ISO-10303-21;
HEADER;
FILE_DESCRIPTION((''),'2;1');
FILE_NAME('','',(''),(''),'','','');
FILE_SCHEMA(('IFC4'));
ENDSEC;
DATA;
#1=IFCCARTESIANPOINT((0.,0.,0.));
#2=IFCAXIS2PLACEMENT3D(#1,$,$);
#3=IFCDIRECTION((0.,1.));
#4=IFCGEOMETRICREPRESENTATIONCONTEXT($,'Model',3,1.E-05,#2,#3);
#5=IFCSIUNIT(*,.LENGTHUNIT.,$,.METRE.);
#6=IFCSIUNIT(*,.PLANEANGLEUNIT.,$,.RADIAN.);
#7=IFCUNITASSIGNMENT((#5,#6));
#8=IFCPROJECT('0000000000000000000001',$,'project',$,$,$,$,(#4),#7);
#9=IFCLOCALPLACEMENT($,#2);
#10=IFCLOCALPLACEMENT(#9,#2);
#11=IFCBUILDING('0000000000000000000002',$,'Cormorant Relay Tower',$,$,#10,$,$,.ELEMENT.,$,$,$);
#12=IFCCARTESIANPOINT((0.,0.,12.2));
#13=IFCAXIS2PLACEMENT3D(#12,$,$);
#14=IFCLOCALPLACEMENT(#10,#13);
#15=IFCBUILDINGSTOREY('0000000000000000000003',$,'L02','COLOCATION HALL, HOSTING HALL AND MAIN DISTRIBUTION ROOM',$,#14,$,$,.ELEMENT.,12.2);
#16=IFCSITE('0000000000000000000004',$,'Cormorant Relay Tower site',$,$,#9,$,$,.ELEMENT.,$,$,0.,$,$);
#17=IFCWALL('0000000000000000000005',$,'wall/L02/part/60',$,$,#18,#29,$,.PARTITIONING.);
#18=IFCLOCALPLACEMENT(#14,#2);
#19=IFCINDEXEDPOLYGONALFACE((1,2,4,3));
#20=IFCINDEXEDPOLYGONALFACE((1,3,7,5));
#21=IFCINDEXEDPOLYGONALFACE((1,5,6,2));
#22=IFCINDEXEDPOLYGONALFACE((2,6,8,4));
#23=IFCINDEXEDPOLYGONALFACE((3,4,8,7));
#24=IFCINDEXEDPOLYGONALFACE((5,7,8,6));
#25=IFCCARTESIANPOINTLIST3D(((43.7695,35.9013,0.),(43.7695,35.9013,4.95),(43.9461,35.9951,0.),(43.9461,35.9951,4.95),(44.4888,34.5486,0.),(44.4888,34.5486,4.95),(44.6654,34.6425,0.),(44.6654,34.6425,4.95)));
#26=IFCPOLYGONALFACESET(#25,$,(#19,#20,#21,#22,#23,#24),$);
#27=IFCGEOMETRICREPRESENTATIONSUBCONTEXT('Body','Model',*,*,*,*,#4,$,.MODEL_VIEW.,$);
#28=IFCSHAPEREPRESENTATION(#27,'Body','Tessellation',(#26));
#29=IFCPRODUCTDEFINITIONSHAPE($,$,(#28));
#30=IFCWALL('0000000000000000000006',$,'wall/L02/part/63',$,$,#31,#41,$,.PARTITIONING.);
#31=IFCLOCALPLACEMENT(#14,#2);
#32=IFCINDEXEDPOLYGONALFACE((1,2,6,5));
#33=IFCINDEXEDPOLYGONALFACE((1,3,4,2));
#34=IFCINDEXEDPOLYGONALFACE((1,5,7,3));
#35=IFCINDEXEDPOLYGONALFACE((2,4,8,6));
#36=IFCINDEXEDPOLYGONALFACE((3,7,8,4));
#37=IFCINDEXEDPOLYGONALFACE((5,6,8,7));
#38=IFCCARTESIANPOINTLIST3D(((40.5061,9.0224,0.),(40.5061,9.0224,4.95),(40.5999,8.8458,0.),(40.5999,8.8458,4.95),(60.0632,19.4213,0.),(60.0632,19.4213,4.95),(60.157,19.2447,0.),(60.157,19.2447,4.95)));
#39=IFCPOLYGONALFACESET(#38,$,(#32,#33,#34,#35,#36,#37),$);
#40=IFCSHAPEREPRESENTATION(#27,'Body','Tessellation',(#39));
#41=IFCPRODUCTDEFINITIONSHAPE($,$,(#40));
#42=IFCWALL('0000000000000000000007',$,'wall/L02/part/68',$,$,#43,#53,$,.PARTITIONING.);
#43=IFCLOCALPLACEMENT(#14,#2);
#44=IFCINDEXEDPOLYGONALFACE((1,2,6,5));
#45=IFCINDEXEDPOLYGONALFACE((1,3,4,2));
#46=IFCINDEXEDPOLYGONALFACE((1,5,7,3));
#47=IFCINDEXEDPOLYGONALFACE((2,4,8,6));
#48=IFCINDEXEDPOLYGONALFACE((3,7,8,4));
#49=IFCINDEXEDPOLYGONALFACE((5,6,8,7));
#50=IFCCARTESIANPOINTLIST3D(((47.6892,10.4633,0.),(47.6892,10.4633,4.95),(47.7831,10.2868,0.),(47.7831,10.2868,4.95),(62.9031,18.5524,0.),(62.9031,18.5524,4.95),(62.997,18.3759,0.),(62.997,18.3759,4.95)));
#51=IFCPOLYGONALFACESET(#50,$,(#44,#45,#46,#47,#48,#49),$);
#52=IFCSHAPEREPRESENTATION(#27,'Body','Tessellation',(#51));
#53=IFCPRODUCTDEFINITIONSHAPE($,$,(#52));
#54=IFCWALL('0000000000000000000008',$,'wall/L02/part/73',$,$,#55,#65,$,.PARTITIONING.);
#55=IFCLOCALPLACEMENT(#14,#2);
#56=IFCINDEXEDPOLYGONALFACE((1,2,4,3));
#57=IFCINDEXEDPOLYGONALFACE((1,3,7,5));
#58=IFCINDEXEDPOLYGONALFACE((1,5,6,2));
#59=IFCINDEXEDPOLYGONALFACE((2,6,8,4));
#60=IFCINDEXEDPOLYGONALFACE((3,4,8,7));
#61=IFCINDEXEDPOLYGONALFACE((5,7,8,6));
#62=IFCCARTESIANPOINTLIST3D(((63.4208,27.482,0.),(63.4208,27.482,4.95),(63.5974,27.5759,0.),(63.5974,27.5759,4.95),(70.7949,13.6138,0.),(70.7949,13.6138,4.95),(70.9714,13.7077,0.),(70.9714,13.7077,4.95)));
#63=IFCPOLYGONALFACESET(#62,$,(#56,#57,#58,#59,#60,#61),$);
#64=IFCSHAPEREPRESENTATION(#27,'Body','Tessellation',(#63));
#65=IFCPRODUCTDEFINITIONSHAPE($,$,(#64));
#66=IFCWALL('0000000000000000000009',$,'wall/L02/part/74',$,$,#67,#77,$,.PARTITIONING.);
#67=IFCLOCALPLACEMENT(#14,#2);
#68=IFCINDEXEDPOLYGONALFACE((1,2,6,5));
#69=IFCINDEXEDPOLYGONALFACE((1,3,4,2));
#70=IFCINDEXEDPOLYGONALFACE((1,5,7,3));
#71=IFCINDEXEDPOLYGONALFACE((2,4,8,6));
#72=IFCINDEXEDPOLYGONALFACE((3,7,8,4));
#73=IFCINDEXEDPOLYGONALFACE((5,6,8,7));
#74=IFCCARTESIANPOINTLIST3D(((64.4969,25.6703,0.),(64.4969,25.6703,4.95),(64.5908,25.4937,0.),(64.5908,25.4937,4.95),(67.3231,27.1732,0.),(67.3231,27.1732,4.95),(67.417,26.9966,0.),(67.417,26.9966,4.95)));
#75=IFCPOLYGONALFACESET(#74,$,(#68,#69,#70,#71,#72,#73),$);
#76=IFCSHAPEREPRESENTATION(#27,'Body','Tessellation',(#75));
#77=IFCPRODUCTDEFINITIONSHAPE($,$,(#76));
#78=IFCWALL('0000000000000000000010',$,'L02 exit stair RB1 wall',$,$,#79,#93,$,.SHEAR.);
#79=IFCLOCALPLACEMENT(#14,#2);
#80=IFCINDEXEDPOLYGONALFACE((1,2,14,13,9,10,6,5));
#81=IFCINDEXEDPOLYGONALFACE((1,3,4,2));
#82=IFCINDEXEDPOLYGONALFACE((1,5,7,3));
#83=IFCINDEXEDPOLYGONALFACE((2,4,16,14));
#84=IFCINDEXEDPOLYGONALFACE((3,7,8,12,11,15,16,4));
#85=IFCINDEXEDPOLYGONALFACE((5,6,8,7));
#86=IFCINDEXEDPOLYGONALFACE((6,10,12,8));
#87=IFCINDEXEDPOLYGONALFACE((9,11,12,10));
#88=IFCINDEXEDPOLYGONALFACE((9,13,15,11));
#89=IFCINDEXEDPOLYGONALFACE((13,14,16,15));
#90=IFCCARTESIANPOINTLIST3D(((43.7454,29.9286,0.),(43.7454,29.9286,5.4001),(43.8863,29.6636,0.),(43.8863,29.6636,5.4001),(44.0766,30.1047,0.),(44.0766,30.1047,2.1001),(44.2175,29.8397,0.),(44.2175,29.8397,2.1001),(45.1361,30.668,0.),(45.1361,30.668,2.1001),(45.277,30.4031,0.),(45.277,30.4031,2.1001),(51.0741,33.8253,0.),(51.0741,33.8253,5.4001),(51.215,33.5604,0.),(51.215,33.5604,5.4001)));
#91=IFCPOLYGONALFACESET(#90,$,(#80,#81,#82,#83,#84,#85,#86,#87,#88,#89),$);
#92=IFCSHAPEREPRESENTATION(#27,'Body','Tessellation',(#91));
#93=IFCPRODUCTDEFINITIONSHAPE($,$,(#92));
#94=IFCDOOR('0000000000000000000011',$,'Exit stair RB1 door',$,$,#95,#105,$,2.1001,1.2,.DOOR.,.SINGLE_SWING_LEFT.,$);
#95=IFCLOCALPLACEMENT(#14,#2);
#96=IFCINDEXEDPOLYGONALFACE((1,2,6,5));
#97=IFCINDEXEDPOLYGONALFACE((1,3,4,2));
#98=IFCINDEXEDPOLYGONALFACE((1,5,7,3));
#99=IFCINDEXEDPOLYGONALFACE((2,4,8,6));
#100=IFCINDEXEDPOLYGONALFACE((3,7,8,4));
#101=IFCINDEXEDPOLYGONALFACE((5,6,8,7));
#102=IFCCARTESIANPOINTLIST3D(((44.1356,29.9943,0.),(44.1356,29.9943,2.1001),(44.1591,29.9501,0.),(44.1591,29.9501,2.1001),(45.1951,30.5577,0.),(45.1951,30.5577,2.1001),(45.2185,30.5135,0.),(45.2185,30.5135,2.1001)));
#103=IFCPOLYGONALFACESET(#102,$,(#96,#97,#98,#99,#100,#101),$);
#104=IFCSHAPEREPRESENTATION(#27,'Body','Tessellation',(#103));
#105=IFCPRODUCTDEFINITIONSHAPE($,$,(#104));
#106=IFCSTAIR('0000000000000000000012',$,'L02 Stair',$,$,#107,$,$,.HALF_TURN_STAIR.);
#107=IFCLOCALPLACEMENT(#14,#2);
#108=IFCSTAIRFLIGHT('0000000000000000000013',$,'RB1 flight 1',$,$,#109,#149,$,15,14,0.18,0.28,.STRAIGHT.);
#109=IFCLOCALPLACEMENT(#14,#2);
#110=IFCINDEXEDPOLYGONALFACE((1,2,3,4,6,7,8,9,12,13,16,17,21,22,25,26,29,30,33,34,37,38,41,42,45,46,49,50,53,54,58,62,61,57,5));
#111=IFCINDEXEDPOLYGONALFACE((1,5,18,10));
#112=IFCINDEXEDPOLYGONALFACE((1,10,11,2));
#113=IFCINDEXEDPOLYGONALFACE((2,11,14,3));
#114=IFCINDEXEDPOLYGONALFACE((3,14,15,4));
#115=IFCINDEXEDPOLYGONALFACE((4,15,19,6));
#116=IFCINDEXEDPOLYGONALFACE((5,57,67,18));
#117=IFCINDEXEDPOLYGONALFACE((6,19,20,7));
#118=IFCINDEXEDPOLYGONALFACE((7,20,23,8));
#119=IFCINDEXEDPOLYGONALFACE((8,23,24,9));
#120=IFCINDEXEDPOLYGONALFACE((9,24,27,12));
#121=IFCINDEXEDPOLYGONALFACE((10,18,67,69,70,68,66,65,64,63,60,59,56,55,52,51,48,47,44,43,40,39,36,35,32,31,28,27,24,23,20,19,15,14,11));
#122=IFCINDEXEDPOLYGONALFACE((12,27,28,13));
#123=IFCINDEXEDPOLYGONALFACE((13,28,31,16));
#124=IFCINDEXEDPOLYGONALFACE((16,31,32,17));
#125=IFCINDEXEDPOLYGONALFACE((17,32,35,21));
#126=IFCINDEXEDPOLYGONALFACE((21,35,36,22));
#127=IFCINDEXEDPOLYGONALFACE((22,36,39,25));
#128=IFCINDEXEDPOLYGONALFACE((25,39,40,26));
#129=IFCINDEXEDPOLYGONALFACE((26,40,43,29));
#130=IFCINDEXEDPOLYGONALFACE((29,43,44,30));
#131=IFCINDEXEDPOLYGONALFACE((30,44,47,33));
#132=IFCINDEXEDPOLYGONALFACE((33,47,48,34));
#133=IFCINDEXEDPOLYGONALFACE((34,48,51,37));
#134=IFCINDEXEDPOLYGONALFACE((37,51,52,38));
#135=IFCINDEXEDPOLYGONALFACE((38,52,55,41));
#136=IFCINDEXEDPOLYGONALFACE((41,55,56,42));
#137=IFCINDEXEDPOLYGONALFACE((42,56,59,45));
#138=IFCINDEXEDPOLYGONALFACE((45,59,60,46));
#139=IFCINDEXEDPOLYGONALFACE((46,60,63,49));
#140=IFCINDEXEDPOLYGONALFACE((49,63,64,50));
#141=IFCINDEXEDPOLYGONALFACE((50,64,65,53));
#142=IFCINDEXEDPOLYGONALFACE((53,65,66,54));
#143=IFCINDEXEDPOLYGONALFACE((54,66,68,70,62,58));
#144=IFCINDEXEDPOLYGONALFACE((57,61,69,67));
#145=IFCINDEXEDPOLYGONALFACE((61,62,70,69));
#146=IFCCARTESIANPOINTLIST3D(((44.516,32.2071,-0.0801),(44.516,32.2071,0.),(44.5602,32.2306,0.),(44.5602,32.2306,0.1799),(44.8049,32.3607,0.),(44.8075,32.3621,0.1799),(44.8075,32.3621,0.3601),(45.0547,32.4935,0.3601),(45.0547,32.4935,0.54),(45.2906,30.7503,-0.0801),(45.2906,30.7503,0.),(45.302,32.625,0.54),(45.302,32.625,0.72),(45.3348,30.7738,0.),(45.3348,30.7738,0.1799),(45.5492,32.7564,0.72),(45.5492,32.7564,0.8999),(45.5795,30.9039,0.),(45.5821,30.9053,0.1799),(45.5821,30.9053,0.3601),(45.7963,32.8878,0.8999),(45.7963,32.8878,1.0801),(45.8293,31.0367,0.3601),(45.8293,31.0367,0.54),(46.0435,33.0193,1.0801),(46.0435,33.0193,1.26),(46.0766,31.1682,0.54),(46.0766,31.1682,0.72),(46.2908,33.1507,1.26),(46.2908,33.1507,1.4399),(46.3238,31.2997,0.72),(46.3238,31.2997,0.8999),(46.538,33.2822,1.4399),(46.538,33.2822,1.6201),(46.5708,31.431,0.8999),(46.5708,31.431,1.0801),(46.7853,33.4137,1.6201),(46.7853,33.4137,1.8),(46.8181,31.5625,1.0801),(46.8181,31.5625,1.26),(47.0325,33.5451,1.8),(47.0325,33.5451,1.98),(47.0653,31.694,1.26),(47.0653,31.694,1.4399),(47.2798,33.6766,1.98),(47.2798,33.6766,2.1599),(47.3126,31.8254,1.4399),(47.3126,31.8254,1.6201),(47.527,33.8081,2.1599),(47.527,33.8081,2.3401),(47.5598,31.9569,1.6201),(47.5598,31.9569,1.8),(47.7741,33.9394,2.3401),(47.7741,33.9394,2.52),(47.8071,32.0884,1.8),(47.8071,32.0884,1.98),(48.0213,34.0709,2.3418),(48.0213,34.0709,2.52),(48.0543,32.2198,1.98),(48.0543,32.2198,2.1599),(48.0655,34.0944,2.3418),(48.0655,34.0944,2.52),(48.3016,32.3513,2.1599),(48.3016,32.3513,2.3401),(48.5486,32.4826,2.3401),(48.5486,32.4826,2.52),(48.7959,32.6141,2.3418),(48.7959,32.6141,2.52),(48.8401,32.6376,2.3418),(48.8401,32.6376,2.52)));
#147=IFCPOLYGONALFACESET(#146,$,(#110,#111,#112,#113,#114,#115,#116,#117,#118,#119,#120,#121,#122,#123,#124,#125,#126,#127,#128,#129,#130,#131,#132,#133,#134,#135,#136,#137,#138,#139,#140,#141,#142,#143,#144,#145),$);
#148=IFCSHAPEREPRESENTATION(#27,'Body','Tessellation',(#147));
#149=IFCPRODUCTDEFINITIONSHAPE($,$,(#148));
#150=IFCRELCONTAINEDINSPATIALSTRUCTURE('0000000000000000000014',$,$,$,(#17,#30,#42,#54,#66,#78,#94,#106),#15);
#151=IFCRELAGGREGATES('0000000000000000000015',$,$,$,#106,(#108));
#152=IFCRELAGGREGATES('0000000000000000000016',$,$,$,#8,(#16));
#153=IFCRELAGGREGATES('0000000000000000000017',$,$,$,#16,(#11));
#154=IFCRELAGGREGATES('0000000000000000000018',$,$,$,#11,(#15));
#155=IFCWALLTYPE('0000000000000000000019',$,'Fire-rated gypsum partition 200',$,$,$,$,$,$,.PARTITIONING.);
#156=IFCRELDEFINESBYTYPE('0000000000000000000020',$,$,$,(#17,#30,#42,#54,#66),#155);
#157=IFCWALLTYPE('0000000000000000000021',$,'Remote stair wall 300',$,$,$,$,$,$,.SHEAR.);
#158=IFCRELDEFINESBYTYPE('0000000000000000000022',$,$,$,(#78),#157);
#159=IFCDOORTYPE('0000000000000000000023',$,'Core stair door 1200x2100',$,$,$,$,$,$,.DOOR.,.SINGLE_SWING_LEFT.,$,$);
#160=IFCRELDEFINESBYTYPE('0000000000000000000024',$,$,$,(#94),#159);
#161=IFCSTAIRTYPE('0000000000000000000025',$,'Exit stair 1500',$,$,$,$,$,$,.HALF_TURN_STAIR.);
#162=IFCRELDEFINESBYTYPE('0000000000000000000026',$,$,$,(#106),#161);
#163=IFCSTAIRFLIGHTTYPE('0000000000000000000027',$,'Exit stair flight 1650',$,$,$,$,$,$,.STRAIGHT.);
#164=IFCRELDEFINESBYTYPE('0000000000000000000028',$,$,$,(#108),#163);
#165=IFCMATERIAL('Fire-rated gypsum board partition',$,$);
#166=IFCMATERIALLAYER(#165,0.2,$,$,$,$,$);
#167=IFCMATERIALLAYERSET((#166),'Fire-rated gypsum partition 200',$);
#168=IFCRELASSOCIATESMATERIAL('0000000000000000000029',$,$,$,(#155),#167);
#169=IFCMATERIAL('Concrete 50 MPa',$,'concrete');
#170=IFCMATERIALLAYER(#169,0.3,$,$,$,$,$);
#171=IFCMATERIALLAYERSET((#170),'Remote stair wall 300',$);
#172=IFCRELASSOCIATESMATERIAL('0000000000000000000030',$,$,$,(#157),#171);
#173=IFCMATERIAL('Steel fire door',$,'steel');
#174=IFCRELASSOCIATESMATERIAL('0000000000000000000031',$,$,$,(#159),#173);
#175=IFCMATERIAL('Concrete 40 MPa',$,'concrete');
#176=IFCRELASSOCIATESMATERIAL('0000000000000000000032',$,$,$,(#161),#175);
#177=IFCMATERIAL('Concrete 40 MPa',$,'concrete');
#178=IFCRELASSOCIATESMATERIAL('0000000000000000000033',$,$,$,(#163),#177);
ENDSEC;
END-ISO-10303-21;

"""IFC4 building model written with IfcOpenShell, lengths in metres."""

from ifc_helpers import new_model, si_unit, direction, frame, frame_2d, origin, place, context, subcontext, project, spatial, polyline, rectangle, outline, extrude, material, layer, layer_set, type_object, element, fill, aggregate, save


model = new_model("IFC4")

# Units and contexts
model_context = context("Model", 3, precision=1e-05, world=origin(), true_north=direction((0.0, 1.0)))
body_context = subcontext(model_context, "Body", "Model", "MODEL_VIEW")
ifc_project = project(units=[si_unit("LENGTHUNIT", "METRE"), si_unit("PLANEANGLEUNIT", "RADIAN")], contexts=[model_context])

# Site, building, storey
site_placement = place(None, origin())
site = spatial("IfcSite", under=ifc_project, at=site_placement, Name="Cormorant Relay Tower site", CompositionType="ELEMENT", RefElevation=0.0)
building_placement = place(site_placement, origin())
building = spatial("IfcBuilding", under=site, at=building_placement, Name="Cormorant Relay Tower", CompositionType="ELEMENT")
storey_placement = place(building_placement, frame((0.0, 0.0, 12.2)))
storey = spatial("IfcBuildingStorey", under=building, at=storey_placement, Name="L02", Description="COLOCATION HALL, HOSTING HALL AND MAIN DISTRIBUTION ROOM", CompositionType="ELEMENT", Elevation=12.2)

# Walls
ifc_material_1 = material(Name="Fire-rated gypsum board partition")
ifc_layer_1 = layer(ifc_material_1, 0.2)
ifc_layer_set_1 = layer_set([ifc_layer_1], Name="Fire-rated gypsum partition 200")
wall_type_1 = type_object("IfcWallType", Name="Fire-rated gypsum partition 200", PredefinedType="PARTITIONING", material=ifc_layer_set_1)
wall_1_placement = place(storey_placement, frame((44.5771, 34.5955, 0.0), z_axis=(0.0, 0.0, 1.0), x_axis=(-0.469513, 0.882926, 0.0)))
element("IfcWall", 1, at=wall_1_placement, inside=storey, type_object=wall_type_1, Name="wall/L02/part/60", PredefinedType="PARTITIONING", context=body_context, shape_type="SweptSolid", body=[
    extrude(rectangle(XDim=1.532, YDim=0.2, at=frame_2d((0.7661, 0.0))), origin(), (0.0, 0.0, 1.0), 4.95),
])
wall_2_placement = place(storey_placement, frame((60.1101, 19.333, 0.0), z_axis=(0.0, 0.0, 1.0), x_axis=(-0.882944, -0.469479, 0.0)))
element("IfcWall", 2, at=wall_2_placement, inside=storey, type_object=wall_type_1, Name="wall/L02/part/63", PredefinedType="PARTITIONING", context=body_context, shape_type="SweptSolid", body=[
    extrude(rectangle(XDim=22.1499, YDim=0.2, at=frame_2d((11.075, 0.0))), origin(), (0.0, 0.0, 1.0), 4.95),
])
wall_3_placement = place(storey_placement, frame((62.95, 18.4641, 0.0), z_axis=(0.0, 0.0, 1.0), x_axis=(-0.882953, -0.46946, 0.0)))
element("IfcWall", 3, at=wall_3_placement, inside=storey, type_object=wall_type_1, Name="wall/L02/part/68", PredefinedType="PARTITIONING", context=body_context, shape_type="SweptSolid", body=[
    extrude(rectangle(XDim=17.2307, YDim=0.2, at=frame_2d((8.6152, 0.0))), origin(), (0.0, 0.0, 1.0), 4.95),
])
wall_4_placement = place(storey_placement, frame((63.509, 27.5291, 0.0), z_axis=(0.0, 0.0, 1.0), x_axis=(0.469481, -0.882943, 0.0)))
element("IfcWall", 4, at=wall_4_placement, inside=storey, type_object=wall_type_1, Name="wall/L02/part/73", PredefinedType="PARTITIONING", context=body_context, shape_type="SweptSolid", body=[
    extrude(rectangle(XDim=15.7068, YDim=0.2, at=frame_2d((7.8535, 0.0))), origin(), (0.0, 0.0, 1.0), 4.95),
])
wall_5_placement = place(storey_placement, frame((67.3701, 27.085, 0.0), z_axis=(0.0, 0.0, 1.0), x_axis=(-0.882918, -0.469527, 0.0)))
element("IfcWall", 5, at=wall_5_placement, inside=storey, type_object=wall_type_1, Name="wall/L02/part/74", PredefinedType="PARTITIONING", context=body_context, shape_type="SweptSolid", body=[
    extrude(rectangle(XDim=3.2009, YDim=0.2, at=frame_2d((1.6006, 0.0))), origin(), (0.0, 0.0, 1.0), 4.95),
])

# Wall, opening, door
ifc_material_2 = material(Name="Concrete 50 MPa", Category="concrete")
ifc_layer_2 = layer(ifc_material_2, 0.3)
ifc_layer_set_2 = layer_set([ifc_layer_2], Name="Remote stair wall 300")
wall_type_2 = type_object("IfcWallType", Name="Remote stair wall 300", PredefinedType="SHEAR", material=ifc_layer_set_2)
wall_6_placement = place(storey_placement, frame((51.1445, 33.6929, 0.0), z_axis=(0.0, 0.0, 1.0), x_axis=(-0.882946, -0.469475, 0.0)))
wall_6 = element("IfcWall", 6, at=wall_6_placement, inside=storey, type_object=wall_type_2, Name="L02 exit stair RB1 wall", PredefinedType="SHEAR", context=body_context, shape_type="SweptSolid", body=[
    extrude(rectangle(XDim=8.3003, YDim=0.3, at=frame_2d((4.1501, 0.0))), origin(), (0.0, 0.0, 1.0), 5.4001),
])
opening_placement = place(wall_6_placement, frame((6.7251, 0.0, 0.0)))
opening = element("IfcOpeningElement", 7, at=opening_placement, cuts=wall_6, PredefinedType="OPENING", context=body_context, shape_type="SweptSolid", body=[
    extrude(rectangle(XDim=1.2, YDim=2.1001, at=frame_2d((0.6001, 1.05))), frame((0.0, 0.1599, 0.0), z_axis=(0.0, -1.0, 0.0), x_axis=(1.0, 0.0, 0.0)), (0.0, 0.0, 1.0), 0.3201),
])
ifc_material_3 = material(Name="Steel fire door", Category="steel")
door_type = type_object("IfcDoorType", Name="Core stair door 1200x2100", OperationType="SINGLE_SWING_LEFT", PredefinedType="DOOR", material=ifc_material_3)
door_placement = place(opening_placement, frame((1.2, 0.0, 0.0), z_axis=(0.0, 0.0, 1.0), x_axis=(-1.0, 0.0, 0.0)))
door = element("IfcDoor", 8, at=door_placement, inside=storey, type_object=door_type, Name="Exit stair RB1 door", OperationType="SINGLE_SWING_LEFT", OverallHeight=2.1001, OverallWidth=1.2, PredefinedType="DOOR", context=body_context, shape_type="SweptSolid", body=[
    extrude(rectangle(XDim=1.2, YDim=2.1001, at=frame_2d((0.6001, 1.05))), frame((0.0, 0.0249, 0.0), z_axis=(0.0, -1.0, 0.0), x_axis=(1.0, 0.0, 0.0)), (0.0, 0.0, 1.0), 0.05),
])
fill(opening, door)

# Stair, stair flight
ifc_material_4 = material(Name="Concrete 40 MPa", Category="concrete")
stair_type = type_object("IfcStairType", Name="Exit stair 1500", PredefinedType="HALF_TURN_STAIR", material=ifc_material_4)
stair_placement = place(storey_placement, origin())
stair = element("IfcStair", 9, at=stair_placement, inside=storey, type_object=stair_type, Name="L02 Stair", PredefinedType="HALF_TURN_STAIR")
ifc_material_5 = material(Name="Concrete 40 MPa", Category="concrete")
stair_flight_type = type_object("IfcStairFlightType", Name="Exit stair flight 1650", PredefinedType="STRAIGHT", material=ifc_material_5)
stair_flight_1_placement = place(storey_placement, frame((44.9475, 31.5022, 0.0), z_axis=(0.0, 0.0, 1.0), x_axis=(0.882948, 0.469472, 0.0)))
stair_flight_1 = element("IfcStairFlight", 10, at=stair_flight_1_placement, type_object=stair_flight_type, Name="RB1 flight 1", NumberOfRisers=15, NumberOfTreads=14, PredefinedType="STRAIGHT", RiserHeight=0.18, TreadLength=0.28, context=body_context, shape_type="SweptSolid", body=[
    extrude(outline(polyline([(-0.05, -0.0801), (-0.05, 0.0), (0.0, 0.0), (0.0, 0.1799), (0.28, 0.1799), (0.28, 0.3601), (0.5601, 0.3601), (0.5601, 0.54), (0.8401, 0.54), (0.8401, 0.72), (1.1201, 0.72), (1.1201, 0.8999), (1.3999, 0.8999), (1.3999, 1.0801), (1.6799, 1.0801), (1.6799, 1.26), (1.96, 1.26), (1.96, 1.4399), (2.24, 1.4399), (2.24, 1.6201), (2.52, 1.6201), (2.52, 1.8), (2.8, 1.8), (2.8, 1.98), (3.0801, 1.98), (3.0801, 2.1599), (3.3601, 2.1599), (3.3601, 2.3401), (3.6399, 2.3401), (3.6399, 2.52), (3.9199, 2.52), (3.97, 2.52), (3.97, 2.3418), (3.9199, 2.3418), (0.2771, 0.0), (-0.05, -0.0801)])), frame((0.0, 0.825, 0.0), z_axis=(0.0, -1.0, 0.0), x_axis=(1.0, 0.0, 0.0)), (0.0, 0.0, 1.0), 1.6499),
])
aggregate(stair, [stair_flight_1])

save(model, "model.ifc")
